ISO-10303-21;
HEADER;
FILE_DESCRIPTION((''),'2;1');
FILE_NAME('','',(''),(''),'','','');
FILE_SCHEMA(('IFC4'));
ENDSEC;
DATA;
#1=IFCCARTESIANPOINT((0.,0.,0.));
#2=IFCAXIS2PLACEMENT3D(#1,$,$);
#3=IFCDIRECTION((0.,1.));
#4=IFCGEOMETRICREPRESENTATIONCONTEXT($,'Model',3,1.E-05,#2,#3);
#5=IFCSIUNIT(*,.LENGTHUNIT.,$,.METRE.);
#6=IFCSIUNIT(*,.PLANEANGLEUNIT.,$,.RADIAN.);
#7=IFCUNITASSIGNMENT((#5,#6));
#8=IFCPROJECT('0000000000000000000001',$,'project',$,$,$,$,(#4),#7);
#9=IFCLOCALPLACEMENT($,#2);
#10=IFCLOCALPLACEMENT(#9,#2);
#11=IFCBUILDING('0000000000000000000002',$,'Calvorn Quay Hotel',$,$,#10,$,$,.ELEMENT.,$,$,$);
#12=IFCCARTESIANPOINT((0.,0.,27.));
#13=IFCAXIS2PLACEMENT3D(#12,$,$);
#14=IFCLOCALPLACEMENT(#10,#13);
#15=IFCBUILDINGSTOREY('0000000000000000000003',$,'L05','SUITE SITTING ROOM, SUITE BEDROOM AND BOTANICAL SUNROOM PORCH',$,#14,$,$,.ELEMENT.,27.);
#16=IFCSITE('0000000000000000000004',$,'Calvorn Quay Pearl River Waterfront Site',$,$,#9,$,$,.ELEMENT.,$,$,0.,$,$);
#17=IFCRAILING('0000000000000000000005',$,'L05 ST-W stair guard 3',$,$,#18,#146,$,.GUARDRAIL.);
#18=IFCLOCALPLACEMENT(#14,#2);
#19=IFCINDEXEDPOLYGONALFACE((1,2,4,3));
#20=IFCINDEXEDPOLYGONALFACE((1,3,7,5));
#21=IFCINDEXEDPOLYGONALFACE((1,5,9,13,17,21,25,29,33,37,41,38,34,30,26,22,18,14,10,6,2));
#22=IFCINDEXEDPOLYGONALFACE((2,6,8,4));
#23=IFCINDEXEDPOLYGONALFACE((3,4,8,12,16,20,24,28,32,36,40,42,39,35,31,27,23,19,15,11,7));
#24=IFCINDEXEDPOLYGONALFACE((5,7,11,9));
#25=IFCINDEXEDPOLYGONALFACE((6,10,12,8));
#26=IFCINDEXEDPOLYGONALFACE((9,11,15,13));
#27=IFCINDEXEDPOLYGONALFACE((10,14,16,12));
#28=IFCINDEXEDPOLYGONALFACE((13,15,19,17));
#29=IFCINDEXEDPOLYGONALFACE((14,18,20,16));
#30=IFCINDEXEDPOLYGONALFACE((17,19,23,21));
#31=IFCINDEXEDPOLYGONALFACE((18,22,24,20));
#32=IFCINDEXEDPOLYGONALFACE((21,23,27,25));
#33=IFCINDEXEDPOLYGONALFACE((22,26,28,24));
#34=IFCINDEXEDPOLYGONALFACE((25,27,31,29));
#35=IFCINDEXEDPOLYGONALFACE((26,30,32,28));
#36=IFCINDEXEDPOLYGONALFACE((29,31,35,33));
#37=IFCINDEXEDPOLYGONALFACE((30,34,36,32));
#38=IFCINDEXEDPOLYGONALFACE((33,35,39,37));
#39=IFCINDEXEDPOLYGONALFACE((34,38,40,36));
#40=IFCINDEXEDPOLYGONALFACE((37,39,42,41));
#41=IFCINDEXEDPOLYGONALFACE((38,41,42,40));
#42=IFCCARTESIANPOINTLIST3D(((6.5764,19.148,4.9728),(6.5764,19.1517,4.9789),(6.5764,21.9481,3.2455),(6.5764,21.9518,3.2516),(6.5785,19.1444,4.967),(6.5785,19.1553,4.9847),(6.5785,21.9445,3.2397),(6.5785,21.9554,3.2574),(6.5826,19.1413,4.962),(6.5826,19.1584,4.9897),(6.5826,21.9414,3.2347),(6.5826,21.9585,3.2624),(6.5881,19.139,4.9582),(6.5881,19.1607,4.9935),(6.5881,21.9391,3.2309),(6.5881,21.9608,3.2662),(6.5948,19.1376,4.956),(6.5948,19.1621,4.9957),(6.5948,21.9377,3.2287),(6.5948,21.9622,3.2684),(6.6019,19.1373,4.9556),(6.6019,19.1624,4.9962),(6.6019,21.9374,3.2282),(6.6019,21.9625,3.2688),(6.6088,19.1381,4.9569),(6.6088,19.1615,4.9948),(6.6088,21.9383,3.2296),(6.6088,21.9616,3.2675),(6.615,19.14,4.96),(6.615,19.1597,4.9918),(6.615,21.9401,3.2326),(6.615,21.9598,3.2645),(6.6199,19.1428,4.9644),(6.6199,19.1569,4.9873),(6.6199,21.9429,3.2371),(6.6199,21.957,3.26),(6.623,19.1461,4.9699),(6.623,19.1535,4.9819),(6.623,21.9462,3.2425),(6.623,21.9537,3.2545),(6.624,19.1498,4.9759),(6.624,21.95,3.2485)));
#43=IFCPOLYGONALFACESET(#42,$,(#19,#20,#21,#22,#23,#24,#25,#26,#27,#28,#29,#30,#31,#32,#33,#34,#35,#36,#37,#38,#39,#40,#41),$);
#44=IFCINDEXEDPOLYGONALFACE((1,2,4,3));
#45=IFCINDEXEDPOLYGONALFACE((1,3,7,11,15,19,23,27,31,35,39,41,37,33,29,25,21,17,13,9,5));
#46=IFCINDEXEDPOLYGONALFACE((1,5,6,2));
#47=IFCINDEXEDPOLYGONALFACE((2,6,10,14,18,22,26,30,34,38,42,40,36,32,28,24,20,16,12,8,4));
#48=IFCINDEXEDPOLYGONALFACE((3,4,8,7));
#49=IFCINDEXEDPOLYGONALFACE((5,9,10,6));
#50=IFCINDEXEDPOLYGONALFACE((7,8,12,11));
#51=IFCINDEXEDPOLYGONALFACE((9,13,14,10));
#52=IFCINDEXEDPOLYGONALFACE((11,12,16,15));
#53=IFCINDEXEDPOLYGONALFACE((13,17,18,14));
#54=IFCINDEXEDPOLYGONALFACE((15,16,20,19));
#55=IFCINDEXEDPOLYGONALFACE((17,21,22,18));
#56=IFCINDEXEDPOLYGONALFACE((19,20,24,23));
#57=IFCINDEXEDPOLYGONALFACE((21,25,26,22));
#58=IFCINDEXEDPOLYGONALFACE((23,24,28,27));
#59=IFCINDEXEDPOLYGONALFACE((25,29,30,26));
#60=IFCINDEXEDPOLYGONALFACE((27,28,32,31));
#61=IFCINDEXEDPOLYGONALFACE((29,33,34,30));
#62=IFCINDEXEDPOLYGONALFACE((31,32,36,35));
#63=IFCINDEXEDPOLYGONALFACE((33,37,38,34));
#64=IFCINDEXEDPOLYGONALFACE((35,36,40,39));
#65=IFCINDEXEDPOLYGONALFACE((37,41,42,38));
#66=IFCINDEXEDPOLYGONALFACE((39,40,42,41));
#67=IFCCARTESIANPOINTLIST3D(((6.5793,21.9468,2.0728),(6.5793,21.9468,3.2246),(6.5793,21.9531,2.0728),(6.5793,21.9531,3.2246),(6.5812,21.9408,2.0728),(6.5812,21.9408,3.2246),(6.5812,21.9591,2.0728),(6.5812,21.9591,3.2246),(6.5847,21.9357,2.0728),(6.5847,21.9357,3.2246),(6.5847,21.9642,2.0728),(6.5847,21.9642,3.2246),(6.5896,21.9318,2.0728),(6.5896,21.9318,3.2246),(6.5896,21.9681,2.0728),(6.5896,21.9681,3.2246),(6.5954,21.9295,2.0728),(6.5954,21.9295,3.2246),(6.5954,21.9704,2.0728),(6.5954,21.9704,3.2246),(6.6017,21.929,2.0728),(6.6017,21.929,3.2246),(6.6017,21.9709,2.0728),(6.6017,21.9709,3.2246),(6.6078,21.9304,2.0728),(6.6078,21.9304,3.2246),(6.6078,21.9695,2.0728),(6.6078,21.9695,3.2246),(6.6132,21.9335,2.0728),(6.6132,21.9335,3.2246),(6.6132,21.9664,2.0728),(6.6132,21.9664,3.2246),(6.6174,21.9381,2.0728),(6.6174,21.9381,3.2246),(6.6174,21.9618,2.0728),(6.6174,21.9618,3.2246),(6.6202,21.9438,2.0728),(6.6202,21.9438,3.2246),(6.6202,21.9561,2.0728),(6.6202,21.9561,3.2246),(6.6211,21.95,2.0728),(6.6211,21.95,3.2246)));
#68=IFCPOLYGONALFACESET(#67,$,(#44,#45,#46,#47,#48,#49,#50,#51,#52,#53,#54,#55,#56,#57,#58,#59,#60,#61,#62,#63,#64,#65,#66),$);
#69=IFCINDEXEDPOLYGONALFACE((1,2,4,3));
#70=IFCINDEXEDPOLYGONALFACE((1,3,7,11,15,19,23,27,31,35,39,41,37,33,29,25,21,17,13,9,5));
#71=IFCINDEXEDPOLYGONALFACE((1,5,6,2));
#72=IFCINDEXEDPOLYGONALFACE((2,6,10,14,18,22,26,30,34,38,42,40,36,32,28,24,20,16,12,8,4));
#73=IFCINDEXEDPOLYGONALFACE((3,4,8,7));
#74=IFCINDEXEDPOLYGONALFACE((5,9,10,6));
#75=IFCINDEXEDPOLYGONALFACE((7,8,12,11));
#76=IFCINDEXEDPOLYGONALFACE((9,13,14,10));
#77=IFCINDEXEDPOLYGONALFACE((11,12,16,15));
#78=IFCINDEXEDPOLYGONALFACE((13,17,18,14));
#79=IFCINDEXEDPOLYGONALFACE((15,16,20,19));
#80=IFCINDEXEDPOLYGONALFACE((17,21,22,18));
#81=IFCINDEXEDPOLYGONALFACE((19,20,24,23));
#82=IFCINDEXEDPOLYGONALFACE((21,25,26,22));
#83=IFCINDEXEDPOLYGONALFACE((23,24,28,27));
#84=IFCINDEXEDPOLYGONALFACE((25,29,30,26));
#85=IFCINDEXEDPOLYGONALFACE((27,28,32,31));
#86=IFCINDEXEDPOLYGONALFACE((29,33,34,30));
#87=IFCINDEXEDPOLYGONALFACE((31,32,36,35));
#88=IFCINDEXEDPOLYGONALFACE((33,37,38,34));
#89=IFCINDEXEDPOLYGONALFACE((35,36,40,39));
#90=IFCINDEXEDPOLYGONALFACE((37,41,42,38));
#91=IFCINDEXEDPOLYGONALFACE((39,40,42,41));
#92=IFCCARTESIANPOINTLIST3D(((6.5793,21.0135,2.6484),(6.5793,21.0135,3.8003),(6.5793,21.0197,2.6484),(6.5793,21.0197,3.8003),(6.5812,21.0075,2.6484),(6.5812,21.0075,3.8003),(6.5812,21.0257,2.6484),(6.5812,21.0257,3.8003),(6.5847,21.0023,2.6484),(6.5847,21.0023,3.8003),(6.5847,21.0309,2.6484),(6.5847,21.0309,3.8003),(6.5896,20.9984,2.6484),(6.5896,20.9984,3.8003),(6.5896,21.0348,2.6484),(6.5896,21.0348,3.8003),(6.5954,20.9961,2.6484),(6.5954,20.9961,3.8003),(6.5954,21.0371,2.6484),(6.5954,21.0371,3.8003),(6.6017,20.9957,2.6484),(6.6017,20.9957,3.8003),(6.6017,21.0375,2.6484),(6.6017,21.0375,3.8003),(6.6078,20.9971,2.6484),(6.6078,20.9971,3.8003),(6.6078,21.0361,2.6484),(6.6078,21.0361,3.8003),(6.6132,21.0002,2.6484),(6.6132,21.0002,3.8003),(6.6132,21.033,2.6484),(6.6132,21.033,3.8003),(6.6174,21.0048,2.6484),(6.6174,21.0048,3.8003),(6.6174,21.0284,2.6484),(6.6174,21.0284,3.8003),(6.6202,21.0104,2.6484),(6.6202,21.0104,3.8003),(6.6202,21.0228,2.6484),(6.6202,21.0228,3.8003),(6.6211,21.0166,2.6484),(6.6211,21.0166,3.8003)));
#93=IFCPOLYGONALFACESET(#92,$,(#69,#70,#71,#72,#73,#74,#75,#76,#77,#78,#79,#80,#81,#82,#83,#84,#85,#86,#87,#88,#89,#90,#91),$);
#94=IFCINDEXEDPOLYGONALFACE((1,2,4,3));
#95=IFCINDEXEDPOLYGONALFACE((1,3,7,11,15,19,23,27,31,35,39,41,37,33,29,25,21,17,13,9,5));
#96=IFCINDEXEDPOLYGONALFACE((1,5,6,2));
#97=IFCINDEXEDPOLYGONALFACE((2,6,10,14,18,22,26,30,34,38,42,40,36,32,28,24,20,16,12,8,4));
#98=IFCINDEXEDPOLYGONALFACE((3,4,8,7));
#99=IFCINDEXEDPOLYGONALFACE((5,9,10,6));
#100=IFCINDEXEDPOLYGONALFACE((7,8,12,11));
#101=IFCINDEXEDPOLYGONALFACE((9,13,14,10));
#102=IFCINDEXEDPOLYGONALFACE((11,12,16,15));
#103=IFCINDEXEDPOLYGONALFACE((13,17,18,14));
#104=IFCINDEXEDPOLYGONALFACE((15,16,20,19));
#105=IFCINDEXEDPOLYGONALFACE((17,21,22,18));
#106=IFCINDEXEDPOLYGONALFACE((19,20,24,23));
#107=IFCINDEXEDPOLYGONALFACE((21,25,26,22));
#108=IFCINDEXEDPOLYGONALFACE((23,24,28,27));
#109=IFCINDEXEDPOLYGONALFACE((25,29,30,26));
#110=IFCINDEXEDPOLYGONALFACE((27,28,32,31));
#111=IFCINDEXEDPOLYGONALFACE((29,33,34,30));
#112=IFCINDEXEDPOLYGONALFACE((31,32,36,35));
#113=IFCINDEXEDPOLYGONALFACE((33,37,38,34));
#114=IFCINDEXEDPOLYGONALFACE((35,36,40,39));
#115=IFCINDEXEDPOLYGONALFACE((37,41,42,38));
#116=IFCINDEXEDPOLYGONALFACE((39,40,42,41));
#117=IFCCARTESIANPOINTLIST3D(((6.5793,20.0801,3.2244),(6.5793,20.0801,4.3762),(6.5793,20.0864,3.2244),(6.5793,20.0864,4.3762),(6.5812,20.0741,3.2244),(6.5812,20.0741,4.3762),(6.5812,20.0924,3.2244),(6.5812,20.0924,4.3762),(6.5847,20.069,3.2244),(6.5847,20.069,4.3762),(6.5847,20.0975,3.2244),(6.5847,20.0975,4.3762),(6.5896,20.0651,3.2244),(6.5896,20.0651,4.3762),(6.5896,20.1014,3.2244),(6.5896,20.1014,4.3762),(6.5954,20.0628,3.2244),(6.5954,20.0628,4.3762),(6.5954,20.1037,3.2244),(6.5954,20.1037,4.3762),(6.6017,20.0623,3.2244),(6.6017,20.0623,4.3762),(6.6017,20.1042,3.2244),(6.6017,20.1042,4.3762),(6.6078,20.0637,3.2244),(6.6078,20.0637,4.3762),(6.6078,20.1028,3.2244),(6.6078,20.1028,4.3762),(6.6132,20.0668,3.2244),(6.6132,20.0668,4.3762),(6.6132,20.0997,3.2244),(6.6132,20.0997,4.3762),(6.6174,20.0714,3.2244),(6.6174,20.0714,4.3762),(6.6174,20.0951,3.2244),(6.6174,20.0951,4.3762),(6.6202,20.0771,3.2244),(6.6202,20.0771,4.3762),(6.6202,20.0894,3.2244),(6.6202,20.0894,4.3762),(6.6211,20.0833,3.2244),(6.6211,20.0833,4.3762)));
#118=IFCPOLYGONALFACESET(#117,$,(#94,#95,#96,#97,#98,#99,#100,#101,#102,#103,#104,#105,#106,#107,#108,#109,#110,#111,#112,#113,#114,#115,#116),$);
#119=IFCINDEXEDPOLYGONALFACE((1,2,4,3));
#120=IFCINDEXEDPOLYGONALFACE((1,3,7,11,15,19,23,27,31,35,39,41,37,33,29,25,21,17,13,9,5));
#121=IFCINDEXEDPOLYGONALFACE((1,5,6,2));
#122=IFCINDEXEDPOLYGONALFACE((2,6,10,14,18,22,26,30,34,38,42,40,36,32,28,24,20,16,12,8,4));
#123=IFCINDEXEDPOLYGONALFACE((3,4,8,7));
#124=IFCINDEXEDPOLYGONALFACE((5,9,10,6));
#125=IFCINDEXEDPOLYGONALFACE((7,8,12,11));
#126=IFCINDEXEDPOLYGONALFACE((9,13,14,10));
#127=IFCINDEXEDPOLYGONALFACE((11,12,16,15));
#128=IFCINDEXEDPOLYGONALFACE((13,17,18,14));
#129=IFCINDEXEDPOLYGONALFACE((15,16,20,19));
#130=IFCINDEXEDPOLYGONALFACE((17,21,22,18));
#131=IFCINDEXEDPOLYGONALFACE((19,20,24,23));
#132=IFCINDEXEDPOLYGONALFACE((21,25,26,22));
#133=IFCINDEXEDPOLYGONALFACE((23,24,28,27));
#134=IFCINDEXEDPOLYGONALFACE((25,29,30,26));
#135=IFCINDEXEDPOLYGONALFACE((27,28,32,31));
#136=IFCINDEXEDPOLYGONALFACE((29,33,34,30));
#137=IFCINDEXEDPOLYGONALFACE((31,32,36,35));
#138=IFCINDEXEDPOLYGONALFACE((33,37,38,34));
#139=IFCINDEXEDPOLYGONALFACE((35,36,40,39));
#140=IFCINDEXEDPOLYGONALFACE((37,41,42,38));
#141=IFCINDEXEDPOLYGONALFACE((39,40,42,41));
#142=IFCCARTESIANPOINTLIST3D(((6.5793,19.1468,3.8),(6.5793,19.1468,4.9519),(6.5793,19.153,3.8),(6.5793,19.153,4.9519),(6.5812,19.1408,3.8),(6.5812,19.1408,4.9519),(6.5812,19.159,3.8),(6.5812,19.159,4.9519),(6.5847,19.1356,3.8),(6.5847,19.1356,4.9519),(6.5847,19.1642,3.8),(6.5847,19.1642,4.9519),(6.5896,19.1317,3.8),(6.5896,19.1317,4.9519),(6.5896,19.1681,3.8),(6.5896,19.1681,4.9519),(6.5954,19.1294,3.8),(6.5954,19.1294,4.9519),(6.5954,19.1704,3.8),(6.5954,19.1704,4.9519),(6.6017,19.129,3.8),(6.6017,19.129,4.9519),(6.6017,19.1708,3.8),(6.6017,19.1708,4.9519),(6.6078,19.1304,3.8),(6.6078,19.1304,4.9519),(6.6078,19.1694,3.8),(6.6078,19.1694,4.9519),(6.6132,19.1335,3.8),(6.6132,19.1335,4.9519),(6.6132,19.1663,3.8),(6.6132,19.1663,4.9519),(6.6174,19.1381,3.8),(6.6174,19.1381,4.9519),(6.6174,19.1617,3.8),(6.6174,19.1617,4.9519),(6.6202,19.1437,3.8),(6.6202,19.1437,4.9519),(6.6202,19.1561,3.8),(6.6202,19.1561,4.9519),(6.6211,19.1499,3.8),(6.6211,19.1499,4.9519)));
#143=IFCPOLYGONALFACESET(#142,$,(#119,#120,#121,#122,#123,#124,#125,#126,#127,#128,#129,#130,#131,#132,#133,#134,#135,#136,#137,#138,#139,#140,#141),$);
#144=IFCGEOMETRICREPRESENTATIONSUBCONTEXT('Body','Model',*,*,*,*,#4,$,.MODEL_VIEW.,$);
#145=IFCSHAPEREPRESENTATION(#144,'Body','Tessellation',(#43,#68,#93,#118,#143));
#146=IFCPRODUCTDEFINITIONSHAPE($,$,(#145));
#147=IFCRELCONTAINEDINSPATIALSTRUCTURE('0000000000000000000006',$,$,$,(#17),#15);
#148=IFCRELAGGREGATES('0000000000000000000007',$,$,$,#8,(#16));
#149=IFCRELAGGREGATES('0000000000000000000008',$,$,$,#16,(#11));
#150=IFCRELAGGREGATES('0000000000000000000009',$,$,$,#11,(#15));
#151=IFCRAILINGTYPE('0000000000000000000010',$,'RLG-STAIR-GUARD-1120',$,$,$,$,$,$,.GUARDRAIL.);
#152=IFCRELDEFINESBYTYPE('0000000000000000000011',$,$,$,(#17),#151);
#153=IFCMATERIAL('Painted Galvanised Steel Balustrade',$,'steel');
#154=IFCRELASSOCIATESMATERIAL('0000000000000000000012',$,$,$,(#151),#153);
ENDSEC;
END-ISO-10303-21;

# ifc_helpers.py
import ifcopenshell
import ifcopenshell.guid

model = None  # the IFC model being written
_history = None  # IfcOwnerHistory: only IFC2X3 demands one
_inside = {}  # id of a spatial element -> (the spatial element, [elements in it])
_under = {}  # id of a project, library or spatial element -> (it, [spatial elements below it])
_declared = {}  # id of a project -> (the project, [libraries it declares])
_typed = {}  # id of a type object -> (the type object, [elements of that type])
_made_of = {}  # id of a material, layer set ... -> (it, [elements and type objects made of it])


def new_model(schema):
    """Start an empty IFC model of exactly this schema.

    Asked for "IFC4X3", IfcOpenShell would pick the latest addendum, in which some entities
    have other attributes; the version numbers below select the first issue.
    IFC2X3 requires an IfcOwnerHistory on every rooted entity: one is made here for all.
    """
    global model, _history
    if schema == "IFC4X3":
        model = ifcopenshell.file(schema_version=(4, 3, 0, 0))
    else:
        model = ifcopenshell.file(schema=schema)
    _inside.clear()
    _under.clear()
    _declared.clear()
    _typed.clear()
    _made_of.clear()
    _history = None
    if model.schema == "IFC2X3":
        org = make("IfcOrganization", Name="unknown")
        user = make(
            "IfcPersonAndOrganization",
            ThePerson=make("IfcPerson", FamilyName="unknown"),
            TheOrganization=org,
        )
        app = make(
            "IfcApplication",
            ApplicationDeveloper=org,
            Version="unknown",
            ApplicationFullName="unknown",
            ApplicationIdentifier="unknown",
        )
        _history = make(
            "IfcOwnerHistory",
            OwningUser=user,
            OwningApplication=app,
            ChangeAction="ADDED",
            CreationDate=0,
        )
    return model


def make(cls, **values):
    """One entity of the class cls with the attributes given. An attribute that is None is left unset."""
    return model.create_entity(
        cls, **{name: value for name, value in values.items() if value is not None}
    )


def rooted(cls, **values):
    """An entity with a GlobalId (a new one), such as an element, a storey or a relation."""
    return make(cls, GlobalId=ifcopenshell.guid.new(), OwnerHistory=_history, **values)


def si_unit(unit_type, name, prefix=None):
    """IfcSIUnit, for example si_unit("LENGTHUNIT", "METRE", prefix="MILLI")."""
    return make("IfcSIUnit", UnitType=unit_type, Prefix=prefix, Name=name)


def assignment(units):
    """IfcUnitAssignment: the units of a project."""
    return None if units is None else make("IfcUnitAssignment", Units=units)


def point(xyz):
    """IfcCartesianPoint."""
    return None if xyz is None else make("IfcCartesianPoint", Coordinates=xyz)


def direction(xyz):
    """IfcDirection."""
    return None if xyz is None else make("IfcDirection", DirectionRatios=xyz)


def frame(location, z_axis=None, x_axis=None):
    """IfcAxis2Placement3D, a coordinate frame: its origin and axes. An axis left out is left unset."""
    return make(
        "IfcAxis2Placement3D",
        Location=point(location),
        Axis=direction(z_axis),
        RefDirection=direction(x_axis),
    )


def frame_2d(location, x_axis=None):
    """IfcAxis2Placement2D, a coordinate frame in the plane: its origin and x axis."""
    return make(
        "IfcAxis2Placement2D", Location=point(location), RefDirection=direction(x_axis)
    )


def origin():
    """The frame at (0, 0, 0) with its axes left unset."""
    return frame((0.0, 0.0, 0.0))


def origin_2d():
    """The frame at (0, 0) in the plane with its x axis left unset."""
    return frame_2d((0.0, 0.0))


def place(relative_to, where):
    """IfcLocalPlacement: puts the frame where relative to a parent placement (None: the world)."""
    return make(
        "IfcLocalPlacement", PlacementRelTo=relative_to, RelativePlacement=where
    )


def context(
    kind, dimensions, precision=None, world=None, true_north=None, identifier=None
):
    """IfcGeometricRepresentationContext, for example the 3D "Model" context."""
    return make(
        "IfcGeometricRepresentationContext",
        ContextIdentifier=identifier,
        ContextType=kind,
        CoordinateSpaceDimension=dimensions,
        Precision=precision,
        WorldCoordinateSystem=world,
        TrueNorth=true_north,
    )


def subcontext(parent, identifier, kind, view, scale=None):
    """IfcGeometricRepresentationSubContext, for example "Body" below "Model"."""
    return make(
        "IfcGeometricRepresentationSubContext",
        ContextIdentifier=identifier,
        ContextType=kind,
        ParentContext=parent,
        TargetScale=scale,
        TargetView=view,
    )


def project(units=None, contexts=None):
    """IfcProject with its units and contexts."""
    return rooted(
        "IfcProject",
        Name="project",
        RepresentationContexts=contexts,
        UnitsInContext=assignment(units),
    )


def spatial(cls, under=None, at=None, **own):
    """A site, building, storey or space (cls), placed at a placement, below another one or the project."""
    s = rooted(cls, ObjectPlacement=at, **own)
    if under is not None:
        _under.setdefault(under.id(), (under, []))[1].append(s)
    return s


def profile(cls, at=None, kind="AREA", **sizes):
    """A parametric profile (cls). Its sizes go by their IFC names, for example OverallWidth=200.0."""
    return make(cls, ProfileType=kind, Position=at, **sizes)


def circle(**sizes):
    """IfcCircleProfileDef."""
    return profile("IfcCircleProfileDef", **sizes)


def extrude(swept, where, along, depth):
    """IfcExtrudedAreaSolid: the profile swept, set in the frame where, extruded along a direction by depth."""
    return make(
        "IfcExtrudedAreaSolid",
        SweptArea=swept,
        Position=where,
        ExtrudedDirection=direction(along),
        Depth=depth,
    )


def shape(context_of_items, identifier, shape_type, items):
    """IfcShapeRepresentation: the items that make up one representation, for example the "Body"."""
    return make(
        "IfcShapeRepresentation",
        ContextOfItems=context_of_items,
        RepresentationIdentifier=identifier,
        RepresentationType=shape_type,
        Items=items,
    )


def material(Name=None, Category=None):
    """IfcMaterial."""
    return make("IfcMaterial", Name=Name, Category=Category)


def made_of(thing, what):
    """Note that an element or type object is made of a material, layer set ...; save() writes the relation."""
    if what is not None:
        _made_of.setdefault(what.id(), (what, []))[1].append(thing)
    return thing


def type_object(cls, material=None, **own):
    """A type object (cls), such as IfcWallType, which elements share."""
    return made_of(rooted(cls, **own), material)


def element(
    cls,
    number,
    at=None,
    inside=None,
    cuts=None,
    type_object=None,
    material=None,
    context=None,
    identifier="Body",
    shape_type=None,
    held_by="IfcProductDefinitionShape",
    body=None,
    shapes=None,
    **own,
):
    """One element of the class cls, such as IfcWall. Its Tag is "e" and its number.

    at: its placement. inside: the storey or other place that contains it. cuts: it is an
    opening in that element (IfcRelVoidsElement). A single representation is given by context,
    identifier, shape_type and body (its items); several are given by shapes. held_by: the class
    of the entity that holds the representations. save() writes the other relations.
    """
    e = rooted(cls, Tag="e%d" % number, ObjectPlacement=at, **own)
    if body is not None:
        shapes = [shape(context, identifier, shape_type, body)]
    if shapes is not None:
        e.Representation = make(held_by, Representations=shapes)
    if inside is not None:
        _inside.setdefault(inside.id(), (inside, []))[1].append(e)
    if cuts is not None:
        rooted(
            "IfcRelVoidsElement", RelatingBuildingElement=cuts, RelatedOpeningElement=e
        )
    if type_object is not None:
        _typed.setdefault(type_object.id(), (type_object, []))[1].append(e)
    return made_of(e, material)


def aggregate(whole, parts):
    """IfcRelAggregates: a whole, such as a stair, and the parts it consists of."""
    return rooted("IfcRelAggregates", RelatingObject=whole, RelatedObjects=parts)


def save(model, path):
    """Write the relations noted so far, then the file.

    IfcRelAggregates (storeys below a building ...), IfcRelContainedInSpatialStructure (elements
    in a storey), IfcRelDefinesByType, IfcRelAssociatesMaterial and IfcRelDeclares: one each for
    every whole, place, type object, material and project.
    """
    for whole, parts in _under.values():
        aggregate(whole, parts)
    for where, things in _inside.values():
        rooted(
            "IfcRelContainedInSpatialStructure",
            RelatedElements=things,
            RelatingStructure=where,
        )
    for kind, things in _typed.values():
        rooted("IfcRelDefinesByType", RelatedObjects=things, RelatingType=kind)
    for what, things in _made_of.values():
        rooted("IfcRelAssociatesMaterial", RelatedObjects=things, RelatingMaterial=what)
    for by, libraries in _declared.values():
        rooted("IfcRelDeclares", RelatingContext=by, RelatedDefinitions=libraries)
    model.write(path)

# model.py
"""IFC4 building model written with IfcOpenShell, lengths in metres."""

from ifc_helpers import new_model, si_unit, direction, frame, origin, origin_2d, place, context, subcontext, project, spatial, circle, extrude, material, type_object, element, save


model = new_model("IFC4")

# Units and contexts
model_context = context("Model", 3, precision=1e-05, world=origin(), true_north=direction((0.0, 1.0)))
body_context = subcontext(model_context, "Body", "Model", "MODEL_VIEW")
ifc_project = project(units=[si_unit("LENGTHUNIT", "METRE"), si_unit("PLANEANGLEUNIT", "RADIAN")], contexts=[model_context])

# Site, building, storey
site_placement = place(None, origin())
site = spatial("IfcSite", under=ifc_project, at=site_placement, Name="Calvorn Quay Pearl River Waterfront Site", CompositionType="ELEMENT", RefElevation=0.0)
building_placement = place(site_placement, origin())
building = spatial("IfcBuilding", under=site, at=building_placement, Name="Calvorn Quay Hotel", CompositionType="ELEMENT")
storey_placement = place(building_placement, frame((0.0, 0.0, 27.0)))
storey = spatial("IfcBuildingStorey", under=building, at=storey_placement, Name="L05", Description="SUITE SITTING ROOM, SUITE BEDROOM AND BOTANICAL SUNROOM PORCH", CompositionType="ELEMENT", Elevation=27.0)

# Railing
ifc_material_1 = material(Name="Painted Galvanised Steel Balustrade", Category="steel")
railing_type_1 = type_object("IfcRailingType", Name="RLG-STAIR-GUARD-1120", PredefinedType="GUARDRAIL", material=ifc_material_1)
railing_1_placement = place(storey_placement, frame((6.6001, 21.95, 2.0728)))
element("IfcRailing", 1, at=railing_1_placement, inside=storey, type_object=railing_type_1, Name="L05 ST-W stair guard 3", PredefinedType="GUARDRAIL", context=body_context, shape_type="SweptSolid", body=[
    extrude(circle(Radius=0.0239, at=origin_2d()), frame((0.0, 0.0, 1.1758), z_axis=(0.0, -0.85109, 0.52502), x_axis=(1.0, 0.0, 0.0)), (0.0, 0.0, 1.0), 3.29),
    extrude(circle(Radius=0.021, at=origin_2d()), origin(), (0.0, 0.0, 1.0), 1.1519),
    extrude(circle(Radius=0.021, at=origin_2d()), frame((0.0, -0.9333, 0.5757)), (0.0, 0.0, 1.0), 1.1519),
    extrude(circle(Radius=0.021, at=origin_2d()), frame((0.0, -1.8667, 1.1516)), (0.0, 0.0, 1.0), 1.1519),
    extrude(circle(Radius=0.021, at=origin_2d()), frame((0.0, -2.8, 1.7273)), (0.0, 0.0, 1.0), 1.1519),
])

save(model, "model.ifc")
